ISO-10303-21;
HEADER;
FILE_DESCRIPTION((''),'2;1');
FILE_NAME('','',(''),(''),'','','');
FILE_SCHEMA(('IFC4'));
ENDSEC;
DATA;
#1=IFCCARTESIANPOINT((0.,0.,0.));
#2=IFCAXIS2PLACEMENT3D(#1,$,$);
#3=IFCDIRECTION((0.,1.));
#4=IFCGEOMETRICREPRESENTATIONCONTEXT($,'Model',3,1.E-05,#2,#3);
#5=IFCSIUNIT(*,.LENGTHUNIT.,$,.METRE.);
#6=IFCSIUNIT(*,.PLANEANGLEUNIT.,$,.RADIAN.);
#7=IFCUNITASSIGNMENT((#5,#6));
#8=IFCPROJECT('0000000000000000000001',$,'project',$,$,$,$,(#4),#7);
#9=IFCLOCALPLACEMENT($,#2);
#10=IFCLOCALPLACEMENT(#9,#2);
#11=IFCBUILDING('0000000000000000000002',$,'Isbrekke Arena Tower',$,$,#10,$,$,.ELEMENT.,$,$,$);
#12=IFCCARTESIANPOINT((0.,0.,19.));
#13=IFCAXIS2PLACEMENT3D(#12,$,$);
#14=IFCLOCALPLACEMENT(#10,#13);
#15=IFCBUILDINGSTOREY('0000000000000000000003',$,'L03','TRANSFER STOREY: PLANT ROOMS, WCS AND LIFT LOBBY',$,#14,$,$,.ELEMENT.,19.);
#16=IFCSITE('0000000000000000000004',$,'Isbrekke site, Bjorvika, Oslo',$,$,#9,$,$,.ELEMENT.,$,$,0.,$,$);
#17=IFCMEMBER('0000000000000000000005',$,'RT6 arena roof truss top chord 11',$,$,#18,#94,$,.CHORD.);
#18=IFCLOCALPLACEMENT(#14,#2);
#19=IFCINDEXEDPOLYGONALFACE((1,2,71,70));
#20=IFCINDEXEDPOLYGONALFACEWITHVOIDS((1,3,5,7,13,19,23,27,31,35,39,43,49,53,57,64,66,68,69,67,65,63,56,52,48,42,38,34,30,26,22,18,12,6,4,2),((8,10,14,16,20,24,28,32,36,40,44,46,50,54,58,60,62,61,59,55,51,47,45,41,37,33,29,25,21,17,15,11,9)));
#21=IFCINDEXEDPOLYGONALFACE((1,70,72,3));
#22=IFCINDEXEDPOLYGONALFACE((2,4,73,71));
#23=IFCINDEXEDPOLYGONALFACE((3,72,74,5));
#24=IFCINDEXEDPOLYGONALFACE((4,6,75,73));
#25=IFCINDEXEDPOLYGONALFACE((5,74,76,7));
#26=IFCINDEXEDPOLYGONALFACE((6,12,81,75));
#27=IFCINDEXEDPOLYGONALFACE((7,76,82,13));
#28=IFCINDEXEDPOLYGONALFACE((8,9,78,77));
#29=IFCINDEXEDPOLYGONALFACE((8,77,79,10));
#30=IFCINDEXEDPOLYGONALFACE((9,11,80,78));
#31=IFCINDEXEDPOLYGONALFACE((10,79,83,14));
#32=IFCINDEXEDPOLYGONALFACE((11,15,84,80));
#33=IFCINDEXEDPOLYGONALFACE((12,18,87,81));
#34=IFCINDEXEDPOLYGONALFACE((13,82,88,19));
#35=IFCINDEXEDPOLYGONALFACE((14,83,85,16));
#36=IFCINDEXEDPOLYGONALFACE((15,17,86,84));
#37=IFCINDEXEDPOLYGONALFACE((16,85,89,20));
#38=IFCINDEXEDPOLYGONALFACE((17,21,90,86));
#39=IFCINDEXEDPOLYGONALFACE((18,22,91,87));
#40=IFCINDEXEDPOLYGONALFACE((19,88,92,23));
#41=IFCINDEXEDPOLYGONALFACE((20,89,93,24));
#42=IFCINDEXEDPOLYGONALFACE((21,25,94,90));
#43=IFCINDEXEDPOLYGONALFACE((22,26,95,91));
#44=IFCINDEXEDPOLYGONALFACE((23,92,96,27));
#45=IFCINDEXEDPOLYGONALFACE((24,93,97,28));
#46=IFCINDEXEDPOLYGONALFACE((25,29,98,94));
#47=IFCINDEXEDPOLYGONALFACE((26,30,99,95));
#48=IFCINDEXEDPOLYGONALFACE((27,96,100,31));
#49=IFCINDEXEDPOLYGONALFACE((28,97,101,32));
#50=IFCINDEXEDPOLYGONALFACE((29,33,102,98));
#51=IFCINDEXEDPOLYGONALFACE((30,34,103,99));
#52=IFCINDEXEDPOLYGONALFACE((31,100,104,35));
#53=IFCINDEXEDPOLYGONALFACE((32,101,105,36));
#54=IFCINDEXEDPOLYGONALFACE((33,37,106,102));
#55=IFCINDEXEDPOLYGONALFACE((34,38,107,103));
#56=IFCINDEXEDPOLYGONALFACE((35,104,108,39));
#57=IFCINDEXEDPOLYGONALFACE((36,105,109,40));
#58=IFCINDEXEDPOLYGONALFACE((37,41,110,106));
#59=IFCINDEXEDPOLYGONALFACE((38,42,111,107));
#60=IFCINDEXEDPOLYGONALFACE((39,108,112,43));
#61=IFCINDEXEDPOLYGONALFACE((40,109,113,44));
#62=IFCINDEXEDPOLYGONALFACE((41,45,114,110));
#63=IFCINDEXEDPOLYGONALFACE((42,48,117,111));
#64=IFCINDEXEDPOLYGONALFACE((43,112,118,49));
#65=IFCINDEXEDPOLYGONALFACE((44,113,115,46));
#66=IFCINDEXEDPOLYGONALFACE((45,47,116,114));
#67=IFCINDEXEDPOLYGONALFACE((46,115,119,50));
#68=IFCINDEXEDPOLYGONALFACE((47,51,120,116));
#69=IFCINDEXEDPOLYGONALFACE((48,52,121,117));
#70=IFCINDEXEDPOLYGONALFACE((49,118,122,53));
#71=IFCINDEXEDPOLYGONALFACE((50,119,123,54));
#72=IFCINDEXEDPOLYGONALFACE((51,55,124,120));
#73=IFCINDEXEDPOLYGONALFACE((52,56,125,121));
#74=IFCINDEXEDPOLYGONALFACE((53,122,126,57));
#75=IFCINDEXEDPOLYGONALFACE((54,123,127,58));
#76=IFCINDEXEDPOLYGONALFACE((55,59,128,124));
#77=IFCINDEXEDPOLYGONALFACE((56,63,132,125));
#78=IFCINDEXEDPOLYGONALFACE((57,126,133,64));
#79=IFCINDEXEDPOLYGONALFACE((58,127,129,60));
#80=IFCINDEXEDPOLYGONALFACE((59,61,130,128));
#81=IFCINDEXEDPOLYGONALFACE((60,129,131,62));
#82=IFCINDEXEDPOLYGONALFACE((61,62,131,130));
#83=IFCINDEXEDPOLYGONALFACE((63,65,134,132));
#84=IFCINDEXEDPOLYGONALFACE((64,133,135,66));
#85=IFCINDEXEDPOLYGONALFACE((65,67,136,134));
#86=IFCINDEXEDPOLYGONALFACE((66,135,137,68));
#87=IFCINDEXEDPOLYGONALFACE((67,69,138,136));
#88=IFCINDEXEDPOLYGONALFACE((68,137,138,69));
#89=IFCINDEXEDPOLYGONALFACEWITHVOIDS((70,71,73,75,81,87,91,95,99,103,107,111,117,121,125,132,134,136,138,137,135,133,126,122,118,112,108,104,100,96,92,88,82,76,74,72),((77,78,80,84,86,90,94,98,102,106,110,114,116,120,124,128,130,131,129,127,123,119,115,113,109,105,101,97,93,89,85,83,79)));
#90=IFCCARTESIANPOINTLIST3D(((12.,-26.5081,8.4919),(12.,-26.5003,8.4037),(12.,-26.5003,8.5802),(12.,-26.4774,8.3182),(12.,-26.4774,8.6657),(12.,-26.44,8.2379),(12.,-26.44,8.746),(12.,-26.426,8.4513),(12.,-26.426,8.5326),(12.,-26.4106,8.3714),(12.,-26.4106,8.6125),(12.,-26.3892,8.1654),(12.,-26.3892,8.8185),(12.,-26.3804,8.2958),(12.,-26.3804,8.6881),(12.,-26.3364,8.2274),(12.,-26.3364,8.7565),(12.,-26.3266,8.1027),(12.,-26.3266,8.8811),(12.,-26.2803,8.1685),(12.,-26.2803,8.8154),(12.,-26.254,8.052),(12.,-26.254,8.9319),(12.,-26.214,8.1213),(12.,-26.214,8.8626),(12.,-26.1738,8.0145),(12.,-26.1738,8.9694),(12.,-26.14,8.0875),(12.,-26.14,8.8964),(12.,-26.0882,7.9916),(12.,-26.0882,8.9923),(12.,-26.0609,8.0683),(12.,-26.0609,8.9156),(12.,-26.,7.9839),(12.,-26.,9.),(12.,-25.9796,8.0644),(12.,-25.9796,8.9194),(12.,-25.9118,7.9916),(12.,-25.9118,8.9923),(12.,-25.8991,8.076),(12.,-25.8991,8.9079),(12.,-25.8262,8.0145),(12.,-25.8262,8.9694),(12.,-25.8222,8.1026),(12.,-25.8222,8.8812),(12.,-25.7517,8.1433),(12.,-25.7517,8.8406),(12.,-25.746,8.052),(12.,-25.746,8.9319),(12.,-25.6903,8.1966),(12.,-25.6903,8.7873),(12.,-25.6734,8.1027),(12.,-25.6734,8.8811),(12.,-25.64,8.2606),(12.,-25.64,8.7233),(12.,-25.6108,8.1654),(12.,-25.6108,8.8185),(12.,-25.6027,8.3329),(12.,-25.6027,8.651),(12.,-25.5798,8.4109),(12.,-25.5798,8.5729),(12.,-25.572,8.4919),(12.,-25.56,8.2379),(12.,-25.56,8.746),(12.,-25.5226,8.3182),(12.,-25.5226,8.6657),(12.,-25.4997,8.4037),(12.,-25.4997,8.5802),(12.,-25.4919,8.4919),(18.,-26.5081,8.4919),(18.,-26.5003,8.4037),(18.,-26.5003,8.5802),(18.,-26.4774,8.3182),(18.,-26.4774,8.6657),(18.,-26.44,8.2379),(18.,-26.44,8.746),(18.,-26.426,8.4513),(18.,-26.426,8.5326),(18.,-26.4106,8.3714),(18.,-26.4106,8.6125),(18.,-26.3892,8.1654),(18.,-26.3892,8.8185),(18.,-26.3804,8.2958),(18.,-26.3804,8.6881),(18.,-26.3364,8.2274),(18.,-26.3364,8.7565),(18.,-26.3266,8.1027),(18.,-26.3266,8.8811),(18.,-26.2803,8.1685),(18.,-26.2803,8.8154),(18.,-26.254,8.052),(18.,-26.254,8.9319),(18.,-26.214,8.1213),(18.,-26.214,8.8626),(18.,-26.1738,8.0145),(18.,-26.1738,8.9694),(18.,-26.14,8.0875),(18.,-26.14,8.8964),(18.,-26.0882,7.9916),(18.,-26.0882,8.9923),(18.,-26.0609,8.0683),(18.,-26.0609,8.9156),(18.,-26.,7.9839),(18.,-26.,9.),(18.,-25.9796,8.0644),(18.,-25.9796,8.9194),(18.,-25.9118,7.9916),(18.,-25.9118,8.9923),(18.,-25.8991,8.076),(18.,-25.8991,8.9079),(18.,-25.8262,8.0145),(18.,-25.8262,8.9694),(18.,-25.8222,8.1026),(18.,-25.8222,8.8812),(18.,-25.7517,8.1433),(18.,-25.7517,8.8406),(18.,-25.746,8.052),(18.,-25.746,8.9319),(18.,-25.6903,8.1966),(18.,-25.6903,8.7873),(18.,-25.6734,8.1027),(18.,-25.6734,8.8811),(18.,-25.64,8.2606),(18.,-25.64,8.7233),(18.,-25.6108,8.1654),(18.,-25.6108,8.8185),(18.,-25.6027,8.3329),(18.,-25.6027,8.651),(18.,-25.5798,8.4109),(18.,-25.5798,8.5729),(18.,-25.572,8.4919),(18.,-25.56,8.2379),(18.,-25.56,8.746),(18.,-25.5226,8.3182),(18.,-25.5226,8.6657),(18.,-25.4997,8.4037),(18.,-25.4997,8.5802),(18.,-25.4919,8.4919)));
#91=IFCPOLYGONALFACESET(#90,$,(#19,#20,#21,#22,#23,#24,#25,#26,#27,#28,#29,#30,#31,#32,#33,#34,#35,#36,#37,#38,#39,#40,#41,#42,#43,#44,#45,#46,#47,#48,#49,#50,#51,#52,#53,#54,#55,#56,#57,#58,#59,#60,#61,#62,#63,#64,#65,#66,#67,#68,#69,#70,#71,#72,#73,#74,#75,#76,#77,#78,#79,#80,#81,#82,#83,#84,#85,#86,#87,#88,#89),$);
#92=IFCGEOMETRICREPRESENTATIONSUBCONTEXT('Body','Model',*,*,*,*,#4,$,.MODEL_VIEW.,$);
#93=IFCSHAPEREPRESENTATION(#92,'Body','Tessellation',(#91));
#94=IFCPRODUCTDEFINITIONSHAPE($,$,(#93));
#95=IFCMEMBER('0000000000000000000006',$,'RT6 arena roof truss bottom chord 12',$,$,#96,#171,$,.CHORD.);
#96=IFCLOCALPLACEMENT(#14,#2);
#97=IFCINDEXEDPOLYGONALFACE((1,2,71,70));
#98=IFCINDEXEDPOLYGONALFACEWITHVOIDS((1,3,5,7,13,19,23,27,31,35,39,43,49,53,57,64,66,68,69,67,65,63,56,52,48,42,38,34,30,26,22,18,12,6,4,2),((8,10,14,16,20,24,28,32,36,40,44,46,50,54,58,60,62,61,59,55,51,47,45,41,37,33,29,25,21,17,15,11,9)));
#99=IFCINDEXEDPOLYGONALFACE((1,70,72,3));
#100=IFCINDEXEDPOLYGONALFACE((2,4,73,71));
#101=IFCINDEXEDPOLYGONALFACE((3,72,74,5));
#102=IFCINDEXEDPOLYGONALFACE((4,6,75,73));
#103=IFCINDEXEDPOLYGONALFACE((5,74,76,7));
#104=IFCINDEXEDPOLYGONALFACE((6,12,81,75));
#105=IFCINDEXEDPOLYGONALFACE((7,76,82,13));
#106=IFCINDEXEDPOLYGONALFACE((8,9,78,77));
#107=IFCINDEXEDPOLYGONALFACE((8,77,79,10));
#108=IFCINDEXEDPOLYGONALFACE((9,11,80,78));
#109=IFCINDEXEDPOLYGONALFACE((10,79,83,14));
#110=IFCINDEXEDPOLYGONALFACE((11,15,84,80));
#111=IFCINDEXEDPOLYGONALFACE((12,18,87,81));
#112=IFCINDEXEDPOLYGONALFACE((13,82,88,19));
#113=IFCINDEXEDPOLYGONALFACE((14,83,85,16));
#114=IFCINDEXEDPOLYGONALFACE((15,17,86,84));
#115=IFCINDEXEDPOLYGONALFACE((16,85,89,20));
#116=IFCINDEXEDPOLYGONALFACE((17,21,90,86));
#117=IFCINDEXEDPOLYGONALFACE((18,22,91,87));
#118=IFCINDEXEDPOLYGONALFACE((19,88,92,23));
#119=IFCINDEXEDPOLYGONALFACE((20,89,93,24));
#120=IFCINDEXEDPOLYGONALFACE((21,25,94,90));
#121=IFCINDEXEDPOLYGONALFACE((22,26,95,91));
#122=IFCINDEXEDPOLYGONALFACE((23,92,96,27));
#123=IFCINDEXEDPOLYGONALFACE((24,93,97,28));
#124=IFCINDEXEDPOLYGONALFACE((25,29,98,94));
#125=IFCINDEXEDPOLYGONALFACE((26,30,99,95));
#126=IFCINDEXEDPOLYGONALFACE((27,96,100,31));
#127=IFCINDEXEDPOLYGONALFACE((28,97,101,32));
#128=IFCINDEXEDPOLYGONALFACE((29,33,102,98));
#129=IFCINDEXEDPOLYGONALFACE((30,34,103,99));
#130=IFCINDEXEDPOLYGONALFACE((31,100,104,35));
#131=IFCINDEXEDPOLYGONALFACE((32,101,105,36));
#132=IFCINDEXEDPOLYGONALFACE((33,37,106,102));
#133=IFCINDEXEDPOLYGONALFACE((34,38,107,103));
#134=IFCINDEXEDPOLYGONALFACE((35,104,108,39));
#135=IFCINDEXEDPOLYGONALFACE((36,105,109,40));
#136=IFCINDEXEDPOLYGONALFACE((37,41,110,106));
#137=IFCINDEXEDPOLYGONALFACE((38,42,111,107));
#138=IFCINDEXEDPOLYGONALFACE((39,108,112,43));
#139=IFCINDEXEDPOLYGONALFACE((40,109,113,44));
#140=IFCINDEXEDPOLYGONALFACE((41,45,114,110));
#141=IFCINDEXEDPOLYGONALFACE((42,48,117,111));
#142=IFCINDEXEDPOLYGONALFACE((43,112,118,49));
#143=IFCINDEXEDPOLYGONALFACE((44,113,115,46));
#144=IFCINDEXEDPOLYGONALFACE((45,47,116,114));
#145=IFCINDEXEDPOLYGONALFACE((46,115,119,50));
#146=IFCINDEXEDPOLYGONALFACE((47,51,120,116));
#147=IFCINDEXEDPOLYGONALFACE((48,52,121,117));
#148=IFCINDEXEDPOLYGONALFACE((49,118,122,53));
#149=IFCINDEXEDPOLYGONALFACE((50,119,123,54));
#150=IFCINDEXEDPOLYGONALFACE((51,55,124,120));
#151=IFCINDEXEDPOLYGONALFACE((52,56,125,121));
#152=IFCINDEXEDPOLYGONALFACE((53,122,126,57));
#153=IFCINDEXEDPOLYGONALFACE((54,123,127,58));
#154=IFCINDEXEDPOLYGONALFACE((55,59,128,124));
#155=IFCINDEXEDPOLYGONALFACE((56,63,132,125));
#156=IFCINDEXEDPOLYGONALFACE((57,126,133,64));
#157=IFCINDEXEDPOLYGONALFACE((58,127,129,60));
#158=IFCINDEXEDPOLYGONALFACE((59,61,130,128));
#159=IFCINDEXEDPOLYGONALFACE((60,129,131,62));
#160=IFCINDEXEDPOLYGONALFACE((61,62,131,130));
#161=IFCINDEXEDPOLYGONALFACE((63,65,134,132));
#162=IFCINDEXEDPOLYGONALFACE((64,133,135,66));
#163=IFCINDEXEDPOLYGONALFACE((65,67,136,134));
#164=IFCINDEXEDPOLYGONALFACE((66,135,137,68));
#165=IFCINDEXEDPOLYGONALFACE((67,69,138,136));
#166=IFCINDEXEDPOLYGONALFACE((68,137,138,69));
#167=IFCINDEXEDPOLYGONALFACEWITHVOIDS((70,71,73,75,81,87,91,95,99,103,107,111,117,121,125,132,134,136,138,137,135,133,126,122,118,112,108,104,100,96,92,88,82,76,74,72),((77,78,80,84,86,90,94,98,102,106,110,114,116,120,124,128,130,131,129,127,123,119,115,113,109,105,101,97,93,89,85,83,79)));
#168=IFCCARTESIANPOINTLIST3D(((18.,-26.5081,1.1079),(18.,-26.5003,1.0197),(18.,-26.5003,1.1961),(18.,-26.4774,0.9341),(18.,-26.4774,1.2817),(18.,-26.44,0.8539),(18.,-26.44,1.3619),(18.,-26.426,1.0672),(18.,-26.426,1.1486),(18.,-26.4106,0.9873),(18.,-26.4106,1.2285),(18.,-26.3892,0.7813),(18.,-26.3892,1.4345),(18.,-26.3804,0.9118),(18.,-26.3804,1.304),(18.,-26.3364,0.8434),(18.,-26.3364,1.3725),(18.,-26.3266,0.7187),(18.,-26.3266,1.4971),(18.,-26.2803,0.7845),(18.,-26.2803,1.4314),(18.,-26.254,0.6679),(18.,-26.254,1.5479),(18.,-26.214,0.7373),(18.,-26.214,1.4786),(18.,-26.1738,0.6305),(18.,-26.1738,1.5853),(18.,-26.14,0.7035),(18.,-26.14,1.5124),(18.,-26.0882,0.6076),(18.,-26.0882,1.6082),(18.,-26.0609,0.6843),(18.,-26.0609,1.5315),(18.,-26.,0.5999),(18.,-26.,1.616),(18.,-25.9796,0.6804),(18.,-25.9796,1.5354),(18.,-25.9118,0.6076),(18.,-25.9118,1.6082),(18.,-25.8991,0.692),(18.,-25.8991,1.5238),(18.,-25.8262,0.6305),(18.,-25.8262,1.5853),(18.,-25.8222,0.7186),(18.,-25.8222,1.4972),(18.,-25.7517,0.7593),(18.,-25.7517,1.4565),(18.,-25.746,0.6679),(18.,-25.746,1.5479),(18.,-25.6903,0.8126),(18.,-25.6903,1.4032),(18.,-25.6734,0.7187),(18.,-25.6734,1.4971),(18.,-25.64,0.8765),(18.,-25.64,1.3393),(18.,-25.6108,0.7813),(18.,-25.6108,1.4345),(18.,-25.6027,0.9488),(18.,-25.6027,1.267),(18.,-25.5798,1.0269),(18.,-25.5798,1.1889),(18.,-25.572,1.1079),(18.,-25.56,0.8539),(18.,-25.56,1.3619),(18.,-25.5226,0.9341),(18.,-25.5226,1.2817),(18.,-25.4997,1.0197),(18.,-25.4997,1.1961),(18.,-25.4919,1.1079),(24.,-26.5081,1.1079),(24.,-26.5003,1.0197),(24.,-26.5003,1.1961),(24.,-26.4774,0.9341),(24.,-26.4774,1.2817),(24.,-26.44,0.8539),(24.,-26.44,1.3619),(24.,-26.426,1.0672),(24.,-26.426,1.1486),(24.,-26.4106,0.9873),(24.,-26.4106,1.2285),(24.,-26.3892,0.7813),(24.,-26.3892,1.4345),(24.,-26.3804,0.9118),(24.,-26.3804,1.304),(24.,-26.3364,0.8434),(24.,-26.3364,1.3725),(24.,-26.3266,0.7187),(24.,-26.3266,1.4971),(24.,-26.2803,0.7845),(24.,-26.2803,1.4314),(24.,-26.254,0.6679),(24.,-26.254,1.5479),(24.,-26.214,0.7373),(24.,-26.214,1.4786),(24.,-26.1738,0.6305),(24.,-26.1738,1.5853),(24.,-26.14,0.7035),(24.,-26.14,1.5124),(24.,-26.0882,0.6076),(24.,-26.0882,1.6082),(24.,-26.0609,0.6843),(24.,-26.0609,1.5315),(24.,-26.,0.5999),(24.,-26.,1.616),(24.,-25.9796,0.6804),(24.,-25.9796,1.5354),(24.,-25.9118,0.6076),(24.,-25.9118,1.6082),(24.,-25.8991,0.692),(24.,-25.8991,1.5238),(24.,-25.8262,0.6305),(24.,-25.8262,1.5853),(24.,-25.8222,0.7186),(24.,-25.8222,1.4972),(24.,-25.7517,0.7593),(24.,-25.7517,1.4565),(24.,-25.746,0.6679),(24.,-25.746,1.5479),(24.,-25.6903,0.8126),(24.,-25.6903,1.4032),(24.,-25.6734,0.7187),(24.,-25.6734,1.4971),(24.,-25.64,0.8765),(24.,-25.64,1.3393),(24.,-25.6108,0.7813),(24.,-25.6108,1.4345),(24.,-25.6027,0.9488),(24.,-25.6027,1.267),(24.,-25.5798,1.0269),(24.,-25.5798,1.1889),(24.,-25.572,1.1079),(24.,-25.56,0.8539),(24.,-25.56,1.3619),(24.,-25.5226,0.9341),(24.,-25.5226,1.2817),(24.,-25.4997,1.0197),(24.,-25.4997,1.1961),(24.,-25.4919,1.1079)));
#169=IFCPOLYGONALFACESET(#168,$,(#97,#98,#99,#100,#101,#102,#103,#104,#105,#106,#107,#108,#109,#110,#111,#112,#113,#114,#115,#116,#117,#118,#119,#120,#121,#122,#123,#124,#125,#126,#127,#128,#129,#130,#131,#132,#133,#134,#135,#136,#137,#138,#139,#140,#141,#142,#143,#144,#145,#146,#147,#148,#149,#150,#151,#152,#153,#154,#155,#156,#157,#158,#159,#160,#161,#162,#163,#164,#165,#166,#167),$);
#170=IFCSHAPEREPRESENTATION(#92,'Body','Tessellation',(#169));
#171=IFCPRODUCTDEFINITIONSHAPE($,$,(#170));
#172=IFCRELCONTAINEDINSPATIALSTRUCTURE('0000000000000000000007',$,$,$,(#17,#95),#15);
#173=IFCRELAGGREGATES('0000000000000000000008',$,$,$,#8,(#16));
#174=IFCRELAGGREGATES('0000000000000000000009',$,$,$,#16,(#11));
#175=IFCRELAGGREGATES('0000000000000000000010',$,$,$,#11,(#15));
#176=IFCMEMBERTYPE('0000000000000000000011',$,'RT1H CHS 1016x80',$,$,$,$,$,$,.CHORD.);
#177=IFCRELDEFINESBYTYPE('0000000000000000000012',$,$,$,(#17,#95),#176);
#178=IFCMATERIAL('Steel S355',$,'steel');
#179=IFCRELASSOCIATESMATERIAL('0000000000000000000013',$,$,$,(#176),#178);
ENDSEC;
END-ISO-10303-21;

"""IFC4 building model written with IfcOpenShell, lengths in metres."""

from ifc_helpers import new_model, si_unit, direction, frame, origin, origin_2d, place, context, subcontext, project, spatial, hollow_circle, extrude, material, material_profile, profile_set, type_object, element, save


model = new_model("IFC4")

# Units and contexts
model_context = context("Model", 3, precision=1e-05, world=origin(), true_north=direction((0.0, 1.0)))
body_context = subcontext(model_context, "Body", "Model", "MODEL_VIEW")
ifc_project = project(units=[si_unit("LENGTHUNIT", "METRE"), si_unit("PLANEANGLEUNIT", "RADIAN")], contexts=[model_context])

# Site, building, storey
site_placement = place(None, origin())
site = spatial("IfcSite", under=ifc_project, at=site_placement, Name="Isbrekke site, Bjorvika, Oslo", CompositionType="ELEMENT", RefElevation=0.0)
building_placement = place(site_placement, origin())
building = spatial("IfcBuilding", under=site, at=building_placement, Name="Isbrekke Arena Tower", CompositionType="ELEMENT")
storey_placement = place(building_placement, frame((0.0, 0.0, 19.0)))
storey = spatial("IfcBuildingStorey", under=building, at=storey_placement, Name="L03", Description="TRANSFER STOREY: PLANT ROOMS, WCS AND LIFT LOBBY", CompositionType="ELEMENT", Elevation=19.0)

# Members
ifc_material_1 = material(Name="Steel S355", Category="steel")
ifc_material_profile_1 = material_profile(ifc_material_1, hollow_circle(Radius=0.5081, WallThickness=0.0801, at=origin_2d()), Name="CHS 1016x80")
ifc_profile_set_1 = profile_set([ifc_material_profile_1], Name="Steel S355")
member_type_1 = type_object("IfcMemberType", Name="RT1H CHS 1016x80", PredefinedType="CHORD", material=ifc_profile_set_1)
for number, where, z_axis, x_axis, name in (
    (1, (12.0, -26.0, 8.4919), (1.0, 0.0, 0.0), (0.0, 1.0, 0.0), "RT6 arena roof truss top chord 11"),
    (2, (18.0, -26.0, 1.1079), (1.0, 0.0, 0.0), (0.0, 1.0, 0.0), "RT6 arena roof truss bottom chord 12"),
):
    element("IfcMember", number, at=place(storey_placement, frame(where, z_axis=z_axis, x_axis=x_axis)), inside=storey, type_object=member_type_1, Name=name, PredefinedType="CHORD", context=body_context, shape_type="SweptSolid", body=[
        extrude(hollow_circle(Radius=0.5081, WallThickness=0.0801, at=origin_2d()), origin(), (0.0, 0.0, 1.0), 6.0),
    ])

save(model, "model.ifc")
